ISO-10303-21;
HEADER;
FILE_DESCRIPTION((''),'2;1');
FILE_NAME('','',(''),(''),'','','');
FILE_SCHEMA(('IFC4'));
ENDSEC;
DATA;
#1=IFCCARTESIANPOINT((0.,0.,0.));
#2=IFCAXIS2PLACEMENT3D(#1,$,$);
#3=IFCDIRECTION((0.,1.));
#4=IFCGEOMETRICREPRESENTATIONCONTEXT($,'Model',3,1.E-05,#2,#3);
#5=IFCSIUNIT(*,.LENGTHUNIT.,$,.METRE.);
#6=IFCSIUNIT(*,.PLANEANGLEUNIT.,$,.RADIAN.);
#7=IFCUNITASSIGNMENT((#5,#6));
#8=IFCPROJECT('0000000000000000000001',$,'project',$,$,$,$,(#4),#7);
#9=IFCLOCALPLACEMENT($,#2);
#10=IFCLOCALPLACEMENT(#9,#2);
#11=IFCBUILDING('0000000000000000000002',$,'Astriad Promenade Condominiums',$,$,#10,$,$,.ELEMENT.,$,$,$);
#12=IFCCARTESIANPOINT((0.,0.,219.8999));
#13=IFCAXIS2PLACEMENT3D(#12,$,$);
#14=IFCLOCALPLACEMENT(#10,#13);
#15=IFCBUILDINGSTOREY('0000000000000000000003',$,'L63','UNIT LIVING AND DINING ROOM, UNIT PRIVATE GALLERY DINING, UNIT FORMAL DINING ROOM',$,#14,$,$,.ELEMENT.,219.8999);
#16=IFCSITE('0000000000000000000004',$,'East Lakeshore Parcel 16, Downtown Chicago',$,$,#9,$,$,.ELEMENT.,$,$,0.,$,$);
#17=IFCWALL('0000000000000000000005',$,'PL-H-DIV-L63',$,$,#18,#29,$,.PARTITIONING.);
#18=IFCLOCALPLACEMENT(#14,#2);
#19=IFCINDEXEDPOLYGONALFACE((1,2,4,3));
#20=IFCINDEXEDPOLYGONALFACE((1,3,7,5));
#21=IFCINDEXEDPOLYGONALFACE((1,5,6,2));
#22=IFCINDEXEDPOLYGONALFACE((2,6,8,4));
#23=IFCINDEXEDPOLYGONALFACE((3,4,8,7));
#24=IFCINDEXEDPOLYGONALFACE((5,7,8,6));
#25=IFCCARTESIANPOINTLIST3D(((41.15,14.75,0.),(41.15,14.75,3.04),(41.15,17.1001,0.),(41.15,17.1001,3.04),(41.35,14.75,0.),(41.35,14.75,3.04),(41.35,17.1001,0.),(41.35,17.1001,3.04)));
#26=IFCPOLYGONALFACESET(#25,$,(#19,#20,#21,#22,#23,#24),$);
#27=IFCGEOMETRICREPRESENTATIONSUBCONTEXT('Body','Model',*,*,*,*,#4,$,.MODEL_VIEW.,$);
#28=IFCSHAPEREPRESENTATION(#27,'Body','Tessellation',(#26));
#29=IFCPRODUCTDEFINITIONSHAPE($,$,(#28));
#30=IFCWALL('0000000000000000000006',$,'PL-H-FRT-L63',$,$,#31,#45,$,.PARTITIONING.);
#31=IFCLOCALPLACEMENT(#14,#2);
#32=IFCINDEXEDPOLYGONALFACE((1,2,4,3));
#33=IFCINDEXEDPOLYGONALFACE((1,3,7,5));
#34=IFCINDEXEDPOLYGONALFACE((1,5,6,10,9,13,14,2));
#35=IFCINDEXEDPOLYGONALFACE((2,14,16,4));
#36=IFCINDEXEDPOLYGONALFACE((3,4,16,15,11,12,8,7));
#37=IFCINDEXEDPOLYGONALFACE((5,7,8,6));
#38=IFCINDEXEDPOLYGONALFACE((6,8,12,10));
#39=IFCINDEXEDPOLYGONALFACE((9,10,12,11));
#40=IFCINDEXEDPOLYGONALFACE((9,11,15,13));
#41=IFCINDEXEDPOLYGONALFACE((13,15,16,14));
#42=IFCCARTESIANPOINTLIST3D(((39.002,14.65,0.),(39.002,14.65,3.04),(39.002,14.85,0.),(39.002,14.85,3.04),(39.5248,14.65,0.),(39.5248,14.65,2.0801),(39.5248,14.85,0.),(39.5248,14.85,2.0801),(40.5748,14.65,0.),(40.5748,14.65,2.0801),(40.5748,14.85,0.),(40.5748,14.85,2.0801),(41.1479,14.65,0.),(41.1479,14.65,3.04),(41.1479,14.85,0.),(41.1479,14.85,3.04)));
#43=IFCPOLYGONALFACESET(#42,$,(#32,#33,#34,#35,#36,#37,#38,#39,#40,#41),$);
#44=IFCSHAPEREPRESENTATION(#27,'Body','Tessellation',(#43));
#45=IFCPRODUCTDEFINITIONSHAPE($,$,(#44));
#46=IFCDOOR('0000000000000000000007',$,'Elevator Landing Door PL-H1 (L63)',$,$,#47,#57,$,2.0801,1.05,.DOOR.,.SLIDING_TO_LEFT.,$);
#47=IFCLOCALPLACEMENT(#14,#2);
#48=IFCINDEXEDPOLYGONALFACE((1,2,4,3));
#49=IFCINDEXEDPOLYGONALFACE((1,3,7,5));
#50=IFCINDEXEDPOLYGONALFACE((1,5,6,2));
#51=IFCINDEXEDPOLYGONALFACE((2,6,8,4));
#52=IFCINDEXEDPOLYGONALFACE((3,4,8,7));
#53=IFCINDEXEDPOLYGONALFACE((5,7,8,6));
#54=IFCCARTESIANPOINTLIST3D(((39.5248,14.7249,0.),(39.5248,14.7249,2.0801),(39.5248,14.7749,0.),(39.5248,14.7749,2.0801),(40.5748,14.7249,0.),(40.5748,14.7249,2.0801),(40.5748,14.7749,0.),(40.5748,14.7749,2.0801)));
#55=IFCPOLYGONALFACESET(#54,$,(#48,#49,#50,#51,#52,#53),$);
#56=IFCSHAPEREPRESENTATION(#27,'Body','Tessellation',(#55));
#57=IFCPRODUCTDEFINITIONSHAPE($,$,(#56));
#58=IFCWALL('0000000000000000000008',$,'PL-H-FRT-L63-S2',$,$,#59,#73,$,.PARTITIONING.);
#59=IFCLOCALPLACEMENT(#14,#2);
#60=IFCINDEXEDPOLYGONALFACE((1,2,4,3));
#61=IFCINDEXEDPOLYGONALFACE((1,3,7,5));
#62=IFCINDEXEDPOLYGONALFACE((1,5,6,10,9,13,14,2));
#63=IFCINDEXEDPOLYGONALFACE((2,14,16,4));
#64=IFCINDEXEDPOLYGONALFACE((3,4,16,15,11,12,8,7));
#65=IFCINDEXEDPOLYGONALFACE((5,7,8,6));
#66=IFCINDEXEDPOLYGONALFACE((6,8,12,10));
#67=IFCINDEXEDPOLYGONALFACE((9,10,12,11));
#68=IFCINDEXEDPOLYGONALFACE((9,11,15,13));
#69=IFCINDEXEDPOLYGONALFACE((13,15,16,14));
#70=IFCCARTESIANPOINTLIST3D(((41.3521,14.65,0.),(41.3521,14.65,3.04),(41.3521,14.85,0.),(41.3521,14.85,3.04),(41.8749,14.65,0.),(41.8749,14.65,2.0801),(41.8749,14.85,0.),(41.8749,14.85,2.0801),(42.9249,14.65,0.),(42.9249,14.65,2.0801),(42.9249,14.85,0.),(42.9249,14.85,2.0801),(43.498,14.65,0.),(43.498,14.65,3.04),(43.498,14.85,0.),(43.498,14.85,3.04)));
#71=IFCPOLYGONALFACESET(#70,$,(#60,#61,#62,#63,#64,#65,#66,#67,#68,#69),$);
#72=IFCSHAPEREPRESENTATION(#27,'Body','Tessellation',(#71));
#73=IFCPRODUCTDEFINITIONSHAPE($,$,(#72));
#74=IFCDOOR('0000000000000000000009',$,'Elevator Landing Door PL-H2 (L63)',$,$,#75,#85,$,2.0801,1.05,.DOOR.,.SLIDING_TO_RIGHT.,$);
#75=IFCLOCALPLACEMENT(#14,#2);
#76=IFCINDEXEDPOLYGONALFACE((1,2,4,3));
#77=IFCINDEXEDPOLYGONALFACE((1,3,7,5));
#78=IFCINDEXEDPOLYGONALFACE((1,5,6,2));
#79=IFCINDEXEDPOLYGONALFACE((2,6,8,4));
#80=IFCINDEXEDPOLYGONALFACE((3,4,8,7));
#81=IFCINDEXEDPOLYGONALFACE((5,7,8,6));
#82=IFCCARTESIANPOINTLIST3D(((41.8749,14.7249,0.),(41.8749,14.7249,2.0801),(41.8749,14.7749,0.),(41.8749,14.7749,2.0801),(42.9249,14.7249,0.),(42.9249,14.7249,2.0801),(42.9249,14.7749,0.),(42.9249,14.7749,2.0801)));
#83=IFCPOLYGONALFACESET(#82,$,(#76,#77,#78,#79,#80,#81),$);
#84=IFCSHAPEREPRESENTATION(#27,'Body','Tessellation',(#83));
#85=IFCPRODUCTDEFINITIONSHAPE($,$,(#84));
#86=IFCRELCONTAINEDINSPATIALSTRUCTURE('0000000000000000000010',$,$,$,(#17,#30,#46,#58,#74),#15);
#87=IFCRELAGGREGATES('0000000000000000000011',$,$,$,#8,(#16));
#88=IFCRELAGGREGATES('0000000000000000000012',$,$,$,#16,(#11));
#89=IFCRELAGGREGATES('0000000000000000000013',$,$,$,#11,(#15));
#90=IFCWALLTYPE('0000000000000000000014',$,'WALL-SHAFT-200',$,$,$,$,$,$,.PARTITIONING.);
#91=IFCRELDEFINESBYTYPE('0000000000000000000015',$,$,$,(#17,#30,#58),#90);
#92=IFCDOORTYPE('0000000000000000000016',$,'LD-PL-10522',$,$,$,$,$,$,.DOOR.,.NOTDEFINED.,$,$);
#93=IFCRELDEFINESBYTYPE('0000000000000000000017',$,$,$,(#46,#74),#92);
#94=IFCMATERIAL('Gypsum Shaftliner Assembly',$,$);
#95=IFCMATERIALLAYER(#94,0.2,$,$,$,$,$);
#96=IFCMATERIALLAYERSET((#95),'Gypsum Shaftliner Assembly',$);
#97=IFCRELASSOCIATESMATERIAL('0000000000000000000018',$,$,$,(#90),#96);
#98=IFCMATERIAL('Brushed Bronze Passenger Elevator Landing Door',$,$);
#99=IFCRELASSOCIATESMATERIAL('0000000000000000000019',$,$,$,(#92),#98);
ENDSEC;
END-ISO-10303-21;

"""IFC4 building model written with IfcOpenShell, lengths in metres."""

from ifc_helpers import new_model, si_unit, direction, frame, frame_2d, origin, place, context, subcontext, project, spatial, rectangle, extrude, source, transform, mapped, material, layer, layer_set, type_object, type_shapes, element, fill, save


model = new_model("IFC4")

# Units and contexts
model_context = context("Model", 3, precision=1e-05, world=origin(), true_north=direction((0.0, 1.0)))
body_context = subcontext(model_context, "Body", "Model", "MODEL_VIEW")
ifc_project = project(units=[si_unit("LENGTHUNIT", "METRE"), si_unit("PLANEANGLEUNIT", "RADIAN")], contexts=[model_context])

# Site, building, storey
site_placement = place(None, origin())
site = spatial("IfcSite", under=ifc_project, at=site_placement, Name="East Lakeshore Parcel 16, Downtown Chicago", CompositionType="ELEMENT", RefElevation=0.0)
building_placement = place(site_placement, origin())
building = spatial("IfcBuilding", under=site, at=building_placement, Name="Astriad Promenade Condominiums", CompositionType="ELEMENT")
storey_placement = place(building_placement, frame((0.0, 0.0, 219.8999)))
storey = spatial("IfcBuildingStorey", under=building, at=storey_placement, Name="L63", Description="UNIT LIVING AND DINING ROOM, UNIT PRIVATE GALLERY DINING, UNIT FORMAL DINING ROOM", CompositionType="ELEMENT", Elevation=219.8999)

# Wall
ifc_material_1 = material(Name="Gypsum Shaftliner Assembly")
ifc_layer_1 = layer(ifc_material_1, 0.2)
ifc_layer_set_1 = layer_set([ifc_layer_1], Name="Gypsum Shaftliner Assembly")
wall_type_1 = type_object("IfcWallType", Name="WALL-SHAFT-200", PredefinedType="PARTITIONING", material=ifc_layer_set_1)
for number, where, z_axis, x_axis, name in (
    (1, (41.25, 14.75, 0.0), (0.0, 0.0, 1.0), (0.0, 1.0, 0.0), "PL-H-DIV-L63"),
):
    element("IfcWall", number, at=place(storey_placement, frame(where, z_axis=z_axis, x_axis=x_axis)), inside=storey, type_object=wall_type_1, Name=name, PredefinedType="PARTITIONING", context=body_context, shape_type="SweptSolid", body=[
        extrude(rectangle(XDim=2.3501, YDim=0.2, at=frame_2d((1.175, 0.0))), origin(), (0.0, 0.0, 1.0), 3.04),
    ])

# Walls, openings, doors
wall_1_placement = place(storey_placement, frame((39.002, 14.75, 0.0), z_axis=(0.0, 0.0, 1.0), x_axis=(1.0, 0.0, 0.0)))
wall_1 = element("IfcWall", 2, at=wall_1_placement, inside=storey, type_object=wall_type_1, Name="PL-H-FRT-L63", PredefinedType="PARTITIONING", context=body_context, shape_type="SweptSolid", body=[
    extrude(rectangle(XDim=2.146, YDim=0.2, at=frame_2d((1.073, 0.0))), origin(), (0.0, 0.0, 1.0), 3.04),
])
opening_1_placement = place(wall_1_placement, frame((0.5229, 0.0, 0.0)))
opening_1 = element("IfcOpeningElement", 3, at=opening_1_placement, cuts=wall_1, PredefinedType="OPENING", context=body_context, shape_type="SweptSolid", body=[
    extrude(rectangle(XDim=1.05, YDim=2.0801, at=frame_2d((0.5249, 1.04))), frame((0.0, 0.1099, 0.0), z_axis=(0.0, -1.0, 0.0), x_axis=(1.0, 0.0, 0.0)), (0.0, 0.0, 1.0), 0.22),
])
ifc_material_2 = material(Name="Brushed Bronze Passenger Elevator Landing Door")
door_type_1 = type_object("IfcDoorType", Name="LD-PL-10522", OperationType="NOTDEFINED", PredefinedType="DOOR", material=ifc_material_2)
shared_shape_1 = source(origin(), body_context, "Body", "SweptSolid", [
    extrude(rectangle(XDim=1.05, YDim=2.0801, at=frame_2d((0.5249, 1.04))), frame((0.0, 0.0249, 0.0), z_axis=(0.0, -1.0, 0.0), x_axis=(1.0, 0.0, 0.0)), (0.0, 0.0, 1.0), 0.05),
])
type_shapes(door_type_1, [shared_shape_1])
door_1_placement = place(opening_1_placement, origin())
door_1 = element("IfcDoor", 4, at=door_1_placement, inside=storey, type_object=door_type_1, Name="Elevator Landing Door PL-H1 (L63)", OperationType="SLIDING_TO_LEFT", OverallHeight=2.0801, OverallWidth=1.05, PredefinedType="DOOR", context=body_context, shape_type="MappedRepresentation", body=[
    mapped(shared_shape_1, transform((0.0, 0.0, 0.0), scale=1.0)),
])
fill(opening_1, door_1)
wall_2_placement = place(storey_placement, frame((41.3521, 14.75, 0.0), z_axis=(0.0, 0.0, 1.0), x_axis=(1.0, 0.0, 0.0)))
wall_2 = element("IfcWall", 5, at=wall_2_placement, inside=storey, type_object=wall_type_1, Name="PL-H-FRT-L63-S2", PredefinedType="PARTITIONING", context=body_context, shape_type="SweptSolid", body=[
    extrude(rectangle(XDim=2.146, YDim=0.2, at=frame_2d((1.073, 0.0))), origin(), (0.0, 0.0, 1.0), 3.04),
])
opening_2_placement = place(wall_2_placement, frame((0.5229, 0.0, 0.0)))
opening_2 = element("IfcOpeningElement", 6, at=opening_2_placement, cuts=wall_2, PredefinedType="OPENING", context=body_context, shape_type="SweptSolid", body=[
    extrude(rectangle(XDim=1.05, YDim=2.0801, at=frame_2d((0.5249, 1.04))), frame((0.0, 0.1099, 0.0), z_axis=(0.0, -1.0, 0.0), x_axis=(1.0, 0.0, 0.0)), (0.0, 0.0, 1.0), 0.22),
])
door_2_placement = place(opening_2_placement, origin())
door_2 = element("IfcDoor", 7, at=door_2_placement, inside=storey, type_object=door_type_1, Name="Elevator Landing Door PL-H2 (L63)", OperationType="SLIDING_TO_RIGHT", OverallHeight=2.0801, OverallWidth=1.05, PredefinedType="DOOR", context=body_context, shape_type="MappedRepresentation", body=[
    mapped(shared_shape_1, transform((0.0, 0.0, 0.0), scale=1.0)),
])
fill(opening_2, door_2)

save(model, "model.ifc")
